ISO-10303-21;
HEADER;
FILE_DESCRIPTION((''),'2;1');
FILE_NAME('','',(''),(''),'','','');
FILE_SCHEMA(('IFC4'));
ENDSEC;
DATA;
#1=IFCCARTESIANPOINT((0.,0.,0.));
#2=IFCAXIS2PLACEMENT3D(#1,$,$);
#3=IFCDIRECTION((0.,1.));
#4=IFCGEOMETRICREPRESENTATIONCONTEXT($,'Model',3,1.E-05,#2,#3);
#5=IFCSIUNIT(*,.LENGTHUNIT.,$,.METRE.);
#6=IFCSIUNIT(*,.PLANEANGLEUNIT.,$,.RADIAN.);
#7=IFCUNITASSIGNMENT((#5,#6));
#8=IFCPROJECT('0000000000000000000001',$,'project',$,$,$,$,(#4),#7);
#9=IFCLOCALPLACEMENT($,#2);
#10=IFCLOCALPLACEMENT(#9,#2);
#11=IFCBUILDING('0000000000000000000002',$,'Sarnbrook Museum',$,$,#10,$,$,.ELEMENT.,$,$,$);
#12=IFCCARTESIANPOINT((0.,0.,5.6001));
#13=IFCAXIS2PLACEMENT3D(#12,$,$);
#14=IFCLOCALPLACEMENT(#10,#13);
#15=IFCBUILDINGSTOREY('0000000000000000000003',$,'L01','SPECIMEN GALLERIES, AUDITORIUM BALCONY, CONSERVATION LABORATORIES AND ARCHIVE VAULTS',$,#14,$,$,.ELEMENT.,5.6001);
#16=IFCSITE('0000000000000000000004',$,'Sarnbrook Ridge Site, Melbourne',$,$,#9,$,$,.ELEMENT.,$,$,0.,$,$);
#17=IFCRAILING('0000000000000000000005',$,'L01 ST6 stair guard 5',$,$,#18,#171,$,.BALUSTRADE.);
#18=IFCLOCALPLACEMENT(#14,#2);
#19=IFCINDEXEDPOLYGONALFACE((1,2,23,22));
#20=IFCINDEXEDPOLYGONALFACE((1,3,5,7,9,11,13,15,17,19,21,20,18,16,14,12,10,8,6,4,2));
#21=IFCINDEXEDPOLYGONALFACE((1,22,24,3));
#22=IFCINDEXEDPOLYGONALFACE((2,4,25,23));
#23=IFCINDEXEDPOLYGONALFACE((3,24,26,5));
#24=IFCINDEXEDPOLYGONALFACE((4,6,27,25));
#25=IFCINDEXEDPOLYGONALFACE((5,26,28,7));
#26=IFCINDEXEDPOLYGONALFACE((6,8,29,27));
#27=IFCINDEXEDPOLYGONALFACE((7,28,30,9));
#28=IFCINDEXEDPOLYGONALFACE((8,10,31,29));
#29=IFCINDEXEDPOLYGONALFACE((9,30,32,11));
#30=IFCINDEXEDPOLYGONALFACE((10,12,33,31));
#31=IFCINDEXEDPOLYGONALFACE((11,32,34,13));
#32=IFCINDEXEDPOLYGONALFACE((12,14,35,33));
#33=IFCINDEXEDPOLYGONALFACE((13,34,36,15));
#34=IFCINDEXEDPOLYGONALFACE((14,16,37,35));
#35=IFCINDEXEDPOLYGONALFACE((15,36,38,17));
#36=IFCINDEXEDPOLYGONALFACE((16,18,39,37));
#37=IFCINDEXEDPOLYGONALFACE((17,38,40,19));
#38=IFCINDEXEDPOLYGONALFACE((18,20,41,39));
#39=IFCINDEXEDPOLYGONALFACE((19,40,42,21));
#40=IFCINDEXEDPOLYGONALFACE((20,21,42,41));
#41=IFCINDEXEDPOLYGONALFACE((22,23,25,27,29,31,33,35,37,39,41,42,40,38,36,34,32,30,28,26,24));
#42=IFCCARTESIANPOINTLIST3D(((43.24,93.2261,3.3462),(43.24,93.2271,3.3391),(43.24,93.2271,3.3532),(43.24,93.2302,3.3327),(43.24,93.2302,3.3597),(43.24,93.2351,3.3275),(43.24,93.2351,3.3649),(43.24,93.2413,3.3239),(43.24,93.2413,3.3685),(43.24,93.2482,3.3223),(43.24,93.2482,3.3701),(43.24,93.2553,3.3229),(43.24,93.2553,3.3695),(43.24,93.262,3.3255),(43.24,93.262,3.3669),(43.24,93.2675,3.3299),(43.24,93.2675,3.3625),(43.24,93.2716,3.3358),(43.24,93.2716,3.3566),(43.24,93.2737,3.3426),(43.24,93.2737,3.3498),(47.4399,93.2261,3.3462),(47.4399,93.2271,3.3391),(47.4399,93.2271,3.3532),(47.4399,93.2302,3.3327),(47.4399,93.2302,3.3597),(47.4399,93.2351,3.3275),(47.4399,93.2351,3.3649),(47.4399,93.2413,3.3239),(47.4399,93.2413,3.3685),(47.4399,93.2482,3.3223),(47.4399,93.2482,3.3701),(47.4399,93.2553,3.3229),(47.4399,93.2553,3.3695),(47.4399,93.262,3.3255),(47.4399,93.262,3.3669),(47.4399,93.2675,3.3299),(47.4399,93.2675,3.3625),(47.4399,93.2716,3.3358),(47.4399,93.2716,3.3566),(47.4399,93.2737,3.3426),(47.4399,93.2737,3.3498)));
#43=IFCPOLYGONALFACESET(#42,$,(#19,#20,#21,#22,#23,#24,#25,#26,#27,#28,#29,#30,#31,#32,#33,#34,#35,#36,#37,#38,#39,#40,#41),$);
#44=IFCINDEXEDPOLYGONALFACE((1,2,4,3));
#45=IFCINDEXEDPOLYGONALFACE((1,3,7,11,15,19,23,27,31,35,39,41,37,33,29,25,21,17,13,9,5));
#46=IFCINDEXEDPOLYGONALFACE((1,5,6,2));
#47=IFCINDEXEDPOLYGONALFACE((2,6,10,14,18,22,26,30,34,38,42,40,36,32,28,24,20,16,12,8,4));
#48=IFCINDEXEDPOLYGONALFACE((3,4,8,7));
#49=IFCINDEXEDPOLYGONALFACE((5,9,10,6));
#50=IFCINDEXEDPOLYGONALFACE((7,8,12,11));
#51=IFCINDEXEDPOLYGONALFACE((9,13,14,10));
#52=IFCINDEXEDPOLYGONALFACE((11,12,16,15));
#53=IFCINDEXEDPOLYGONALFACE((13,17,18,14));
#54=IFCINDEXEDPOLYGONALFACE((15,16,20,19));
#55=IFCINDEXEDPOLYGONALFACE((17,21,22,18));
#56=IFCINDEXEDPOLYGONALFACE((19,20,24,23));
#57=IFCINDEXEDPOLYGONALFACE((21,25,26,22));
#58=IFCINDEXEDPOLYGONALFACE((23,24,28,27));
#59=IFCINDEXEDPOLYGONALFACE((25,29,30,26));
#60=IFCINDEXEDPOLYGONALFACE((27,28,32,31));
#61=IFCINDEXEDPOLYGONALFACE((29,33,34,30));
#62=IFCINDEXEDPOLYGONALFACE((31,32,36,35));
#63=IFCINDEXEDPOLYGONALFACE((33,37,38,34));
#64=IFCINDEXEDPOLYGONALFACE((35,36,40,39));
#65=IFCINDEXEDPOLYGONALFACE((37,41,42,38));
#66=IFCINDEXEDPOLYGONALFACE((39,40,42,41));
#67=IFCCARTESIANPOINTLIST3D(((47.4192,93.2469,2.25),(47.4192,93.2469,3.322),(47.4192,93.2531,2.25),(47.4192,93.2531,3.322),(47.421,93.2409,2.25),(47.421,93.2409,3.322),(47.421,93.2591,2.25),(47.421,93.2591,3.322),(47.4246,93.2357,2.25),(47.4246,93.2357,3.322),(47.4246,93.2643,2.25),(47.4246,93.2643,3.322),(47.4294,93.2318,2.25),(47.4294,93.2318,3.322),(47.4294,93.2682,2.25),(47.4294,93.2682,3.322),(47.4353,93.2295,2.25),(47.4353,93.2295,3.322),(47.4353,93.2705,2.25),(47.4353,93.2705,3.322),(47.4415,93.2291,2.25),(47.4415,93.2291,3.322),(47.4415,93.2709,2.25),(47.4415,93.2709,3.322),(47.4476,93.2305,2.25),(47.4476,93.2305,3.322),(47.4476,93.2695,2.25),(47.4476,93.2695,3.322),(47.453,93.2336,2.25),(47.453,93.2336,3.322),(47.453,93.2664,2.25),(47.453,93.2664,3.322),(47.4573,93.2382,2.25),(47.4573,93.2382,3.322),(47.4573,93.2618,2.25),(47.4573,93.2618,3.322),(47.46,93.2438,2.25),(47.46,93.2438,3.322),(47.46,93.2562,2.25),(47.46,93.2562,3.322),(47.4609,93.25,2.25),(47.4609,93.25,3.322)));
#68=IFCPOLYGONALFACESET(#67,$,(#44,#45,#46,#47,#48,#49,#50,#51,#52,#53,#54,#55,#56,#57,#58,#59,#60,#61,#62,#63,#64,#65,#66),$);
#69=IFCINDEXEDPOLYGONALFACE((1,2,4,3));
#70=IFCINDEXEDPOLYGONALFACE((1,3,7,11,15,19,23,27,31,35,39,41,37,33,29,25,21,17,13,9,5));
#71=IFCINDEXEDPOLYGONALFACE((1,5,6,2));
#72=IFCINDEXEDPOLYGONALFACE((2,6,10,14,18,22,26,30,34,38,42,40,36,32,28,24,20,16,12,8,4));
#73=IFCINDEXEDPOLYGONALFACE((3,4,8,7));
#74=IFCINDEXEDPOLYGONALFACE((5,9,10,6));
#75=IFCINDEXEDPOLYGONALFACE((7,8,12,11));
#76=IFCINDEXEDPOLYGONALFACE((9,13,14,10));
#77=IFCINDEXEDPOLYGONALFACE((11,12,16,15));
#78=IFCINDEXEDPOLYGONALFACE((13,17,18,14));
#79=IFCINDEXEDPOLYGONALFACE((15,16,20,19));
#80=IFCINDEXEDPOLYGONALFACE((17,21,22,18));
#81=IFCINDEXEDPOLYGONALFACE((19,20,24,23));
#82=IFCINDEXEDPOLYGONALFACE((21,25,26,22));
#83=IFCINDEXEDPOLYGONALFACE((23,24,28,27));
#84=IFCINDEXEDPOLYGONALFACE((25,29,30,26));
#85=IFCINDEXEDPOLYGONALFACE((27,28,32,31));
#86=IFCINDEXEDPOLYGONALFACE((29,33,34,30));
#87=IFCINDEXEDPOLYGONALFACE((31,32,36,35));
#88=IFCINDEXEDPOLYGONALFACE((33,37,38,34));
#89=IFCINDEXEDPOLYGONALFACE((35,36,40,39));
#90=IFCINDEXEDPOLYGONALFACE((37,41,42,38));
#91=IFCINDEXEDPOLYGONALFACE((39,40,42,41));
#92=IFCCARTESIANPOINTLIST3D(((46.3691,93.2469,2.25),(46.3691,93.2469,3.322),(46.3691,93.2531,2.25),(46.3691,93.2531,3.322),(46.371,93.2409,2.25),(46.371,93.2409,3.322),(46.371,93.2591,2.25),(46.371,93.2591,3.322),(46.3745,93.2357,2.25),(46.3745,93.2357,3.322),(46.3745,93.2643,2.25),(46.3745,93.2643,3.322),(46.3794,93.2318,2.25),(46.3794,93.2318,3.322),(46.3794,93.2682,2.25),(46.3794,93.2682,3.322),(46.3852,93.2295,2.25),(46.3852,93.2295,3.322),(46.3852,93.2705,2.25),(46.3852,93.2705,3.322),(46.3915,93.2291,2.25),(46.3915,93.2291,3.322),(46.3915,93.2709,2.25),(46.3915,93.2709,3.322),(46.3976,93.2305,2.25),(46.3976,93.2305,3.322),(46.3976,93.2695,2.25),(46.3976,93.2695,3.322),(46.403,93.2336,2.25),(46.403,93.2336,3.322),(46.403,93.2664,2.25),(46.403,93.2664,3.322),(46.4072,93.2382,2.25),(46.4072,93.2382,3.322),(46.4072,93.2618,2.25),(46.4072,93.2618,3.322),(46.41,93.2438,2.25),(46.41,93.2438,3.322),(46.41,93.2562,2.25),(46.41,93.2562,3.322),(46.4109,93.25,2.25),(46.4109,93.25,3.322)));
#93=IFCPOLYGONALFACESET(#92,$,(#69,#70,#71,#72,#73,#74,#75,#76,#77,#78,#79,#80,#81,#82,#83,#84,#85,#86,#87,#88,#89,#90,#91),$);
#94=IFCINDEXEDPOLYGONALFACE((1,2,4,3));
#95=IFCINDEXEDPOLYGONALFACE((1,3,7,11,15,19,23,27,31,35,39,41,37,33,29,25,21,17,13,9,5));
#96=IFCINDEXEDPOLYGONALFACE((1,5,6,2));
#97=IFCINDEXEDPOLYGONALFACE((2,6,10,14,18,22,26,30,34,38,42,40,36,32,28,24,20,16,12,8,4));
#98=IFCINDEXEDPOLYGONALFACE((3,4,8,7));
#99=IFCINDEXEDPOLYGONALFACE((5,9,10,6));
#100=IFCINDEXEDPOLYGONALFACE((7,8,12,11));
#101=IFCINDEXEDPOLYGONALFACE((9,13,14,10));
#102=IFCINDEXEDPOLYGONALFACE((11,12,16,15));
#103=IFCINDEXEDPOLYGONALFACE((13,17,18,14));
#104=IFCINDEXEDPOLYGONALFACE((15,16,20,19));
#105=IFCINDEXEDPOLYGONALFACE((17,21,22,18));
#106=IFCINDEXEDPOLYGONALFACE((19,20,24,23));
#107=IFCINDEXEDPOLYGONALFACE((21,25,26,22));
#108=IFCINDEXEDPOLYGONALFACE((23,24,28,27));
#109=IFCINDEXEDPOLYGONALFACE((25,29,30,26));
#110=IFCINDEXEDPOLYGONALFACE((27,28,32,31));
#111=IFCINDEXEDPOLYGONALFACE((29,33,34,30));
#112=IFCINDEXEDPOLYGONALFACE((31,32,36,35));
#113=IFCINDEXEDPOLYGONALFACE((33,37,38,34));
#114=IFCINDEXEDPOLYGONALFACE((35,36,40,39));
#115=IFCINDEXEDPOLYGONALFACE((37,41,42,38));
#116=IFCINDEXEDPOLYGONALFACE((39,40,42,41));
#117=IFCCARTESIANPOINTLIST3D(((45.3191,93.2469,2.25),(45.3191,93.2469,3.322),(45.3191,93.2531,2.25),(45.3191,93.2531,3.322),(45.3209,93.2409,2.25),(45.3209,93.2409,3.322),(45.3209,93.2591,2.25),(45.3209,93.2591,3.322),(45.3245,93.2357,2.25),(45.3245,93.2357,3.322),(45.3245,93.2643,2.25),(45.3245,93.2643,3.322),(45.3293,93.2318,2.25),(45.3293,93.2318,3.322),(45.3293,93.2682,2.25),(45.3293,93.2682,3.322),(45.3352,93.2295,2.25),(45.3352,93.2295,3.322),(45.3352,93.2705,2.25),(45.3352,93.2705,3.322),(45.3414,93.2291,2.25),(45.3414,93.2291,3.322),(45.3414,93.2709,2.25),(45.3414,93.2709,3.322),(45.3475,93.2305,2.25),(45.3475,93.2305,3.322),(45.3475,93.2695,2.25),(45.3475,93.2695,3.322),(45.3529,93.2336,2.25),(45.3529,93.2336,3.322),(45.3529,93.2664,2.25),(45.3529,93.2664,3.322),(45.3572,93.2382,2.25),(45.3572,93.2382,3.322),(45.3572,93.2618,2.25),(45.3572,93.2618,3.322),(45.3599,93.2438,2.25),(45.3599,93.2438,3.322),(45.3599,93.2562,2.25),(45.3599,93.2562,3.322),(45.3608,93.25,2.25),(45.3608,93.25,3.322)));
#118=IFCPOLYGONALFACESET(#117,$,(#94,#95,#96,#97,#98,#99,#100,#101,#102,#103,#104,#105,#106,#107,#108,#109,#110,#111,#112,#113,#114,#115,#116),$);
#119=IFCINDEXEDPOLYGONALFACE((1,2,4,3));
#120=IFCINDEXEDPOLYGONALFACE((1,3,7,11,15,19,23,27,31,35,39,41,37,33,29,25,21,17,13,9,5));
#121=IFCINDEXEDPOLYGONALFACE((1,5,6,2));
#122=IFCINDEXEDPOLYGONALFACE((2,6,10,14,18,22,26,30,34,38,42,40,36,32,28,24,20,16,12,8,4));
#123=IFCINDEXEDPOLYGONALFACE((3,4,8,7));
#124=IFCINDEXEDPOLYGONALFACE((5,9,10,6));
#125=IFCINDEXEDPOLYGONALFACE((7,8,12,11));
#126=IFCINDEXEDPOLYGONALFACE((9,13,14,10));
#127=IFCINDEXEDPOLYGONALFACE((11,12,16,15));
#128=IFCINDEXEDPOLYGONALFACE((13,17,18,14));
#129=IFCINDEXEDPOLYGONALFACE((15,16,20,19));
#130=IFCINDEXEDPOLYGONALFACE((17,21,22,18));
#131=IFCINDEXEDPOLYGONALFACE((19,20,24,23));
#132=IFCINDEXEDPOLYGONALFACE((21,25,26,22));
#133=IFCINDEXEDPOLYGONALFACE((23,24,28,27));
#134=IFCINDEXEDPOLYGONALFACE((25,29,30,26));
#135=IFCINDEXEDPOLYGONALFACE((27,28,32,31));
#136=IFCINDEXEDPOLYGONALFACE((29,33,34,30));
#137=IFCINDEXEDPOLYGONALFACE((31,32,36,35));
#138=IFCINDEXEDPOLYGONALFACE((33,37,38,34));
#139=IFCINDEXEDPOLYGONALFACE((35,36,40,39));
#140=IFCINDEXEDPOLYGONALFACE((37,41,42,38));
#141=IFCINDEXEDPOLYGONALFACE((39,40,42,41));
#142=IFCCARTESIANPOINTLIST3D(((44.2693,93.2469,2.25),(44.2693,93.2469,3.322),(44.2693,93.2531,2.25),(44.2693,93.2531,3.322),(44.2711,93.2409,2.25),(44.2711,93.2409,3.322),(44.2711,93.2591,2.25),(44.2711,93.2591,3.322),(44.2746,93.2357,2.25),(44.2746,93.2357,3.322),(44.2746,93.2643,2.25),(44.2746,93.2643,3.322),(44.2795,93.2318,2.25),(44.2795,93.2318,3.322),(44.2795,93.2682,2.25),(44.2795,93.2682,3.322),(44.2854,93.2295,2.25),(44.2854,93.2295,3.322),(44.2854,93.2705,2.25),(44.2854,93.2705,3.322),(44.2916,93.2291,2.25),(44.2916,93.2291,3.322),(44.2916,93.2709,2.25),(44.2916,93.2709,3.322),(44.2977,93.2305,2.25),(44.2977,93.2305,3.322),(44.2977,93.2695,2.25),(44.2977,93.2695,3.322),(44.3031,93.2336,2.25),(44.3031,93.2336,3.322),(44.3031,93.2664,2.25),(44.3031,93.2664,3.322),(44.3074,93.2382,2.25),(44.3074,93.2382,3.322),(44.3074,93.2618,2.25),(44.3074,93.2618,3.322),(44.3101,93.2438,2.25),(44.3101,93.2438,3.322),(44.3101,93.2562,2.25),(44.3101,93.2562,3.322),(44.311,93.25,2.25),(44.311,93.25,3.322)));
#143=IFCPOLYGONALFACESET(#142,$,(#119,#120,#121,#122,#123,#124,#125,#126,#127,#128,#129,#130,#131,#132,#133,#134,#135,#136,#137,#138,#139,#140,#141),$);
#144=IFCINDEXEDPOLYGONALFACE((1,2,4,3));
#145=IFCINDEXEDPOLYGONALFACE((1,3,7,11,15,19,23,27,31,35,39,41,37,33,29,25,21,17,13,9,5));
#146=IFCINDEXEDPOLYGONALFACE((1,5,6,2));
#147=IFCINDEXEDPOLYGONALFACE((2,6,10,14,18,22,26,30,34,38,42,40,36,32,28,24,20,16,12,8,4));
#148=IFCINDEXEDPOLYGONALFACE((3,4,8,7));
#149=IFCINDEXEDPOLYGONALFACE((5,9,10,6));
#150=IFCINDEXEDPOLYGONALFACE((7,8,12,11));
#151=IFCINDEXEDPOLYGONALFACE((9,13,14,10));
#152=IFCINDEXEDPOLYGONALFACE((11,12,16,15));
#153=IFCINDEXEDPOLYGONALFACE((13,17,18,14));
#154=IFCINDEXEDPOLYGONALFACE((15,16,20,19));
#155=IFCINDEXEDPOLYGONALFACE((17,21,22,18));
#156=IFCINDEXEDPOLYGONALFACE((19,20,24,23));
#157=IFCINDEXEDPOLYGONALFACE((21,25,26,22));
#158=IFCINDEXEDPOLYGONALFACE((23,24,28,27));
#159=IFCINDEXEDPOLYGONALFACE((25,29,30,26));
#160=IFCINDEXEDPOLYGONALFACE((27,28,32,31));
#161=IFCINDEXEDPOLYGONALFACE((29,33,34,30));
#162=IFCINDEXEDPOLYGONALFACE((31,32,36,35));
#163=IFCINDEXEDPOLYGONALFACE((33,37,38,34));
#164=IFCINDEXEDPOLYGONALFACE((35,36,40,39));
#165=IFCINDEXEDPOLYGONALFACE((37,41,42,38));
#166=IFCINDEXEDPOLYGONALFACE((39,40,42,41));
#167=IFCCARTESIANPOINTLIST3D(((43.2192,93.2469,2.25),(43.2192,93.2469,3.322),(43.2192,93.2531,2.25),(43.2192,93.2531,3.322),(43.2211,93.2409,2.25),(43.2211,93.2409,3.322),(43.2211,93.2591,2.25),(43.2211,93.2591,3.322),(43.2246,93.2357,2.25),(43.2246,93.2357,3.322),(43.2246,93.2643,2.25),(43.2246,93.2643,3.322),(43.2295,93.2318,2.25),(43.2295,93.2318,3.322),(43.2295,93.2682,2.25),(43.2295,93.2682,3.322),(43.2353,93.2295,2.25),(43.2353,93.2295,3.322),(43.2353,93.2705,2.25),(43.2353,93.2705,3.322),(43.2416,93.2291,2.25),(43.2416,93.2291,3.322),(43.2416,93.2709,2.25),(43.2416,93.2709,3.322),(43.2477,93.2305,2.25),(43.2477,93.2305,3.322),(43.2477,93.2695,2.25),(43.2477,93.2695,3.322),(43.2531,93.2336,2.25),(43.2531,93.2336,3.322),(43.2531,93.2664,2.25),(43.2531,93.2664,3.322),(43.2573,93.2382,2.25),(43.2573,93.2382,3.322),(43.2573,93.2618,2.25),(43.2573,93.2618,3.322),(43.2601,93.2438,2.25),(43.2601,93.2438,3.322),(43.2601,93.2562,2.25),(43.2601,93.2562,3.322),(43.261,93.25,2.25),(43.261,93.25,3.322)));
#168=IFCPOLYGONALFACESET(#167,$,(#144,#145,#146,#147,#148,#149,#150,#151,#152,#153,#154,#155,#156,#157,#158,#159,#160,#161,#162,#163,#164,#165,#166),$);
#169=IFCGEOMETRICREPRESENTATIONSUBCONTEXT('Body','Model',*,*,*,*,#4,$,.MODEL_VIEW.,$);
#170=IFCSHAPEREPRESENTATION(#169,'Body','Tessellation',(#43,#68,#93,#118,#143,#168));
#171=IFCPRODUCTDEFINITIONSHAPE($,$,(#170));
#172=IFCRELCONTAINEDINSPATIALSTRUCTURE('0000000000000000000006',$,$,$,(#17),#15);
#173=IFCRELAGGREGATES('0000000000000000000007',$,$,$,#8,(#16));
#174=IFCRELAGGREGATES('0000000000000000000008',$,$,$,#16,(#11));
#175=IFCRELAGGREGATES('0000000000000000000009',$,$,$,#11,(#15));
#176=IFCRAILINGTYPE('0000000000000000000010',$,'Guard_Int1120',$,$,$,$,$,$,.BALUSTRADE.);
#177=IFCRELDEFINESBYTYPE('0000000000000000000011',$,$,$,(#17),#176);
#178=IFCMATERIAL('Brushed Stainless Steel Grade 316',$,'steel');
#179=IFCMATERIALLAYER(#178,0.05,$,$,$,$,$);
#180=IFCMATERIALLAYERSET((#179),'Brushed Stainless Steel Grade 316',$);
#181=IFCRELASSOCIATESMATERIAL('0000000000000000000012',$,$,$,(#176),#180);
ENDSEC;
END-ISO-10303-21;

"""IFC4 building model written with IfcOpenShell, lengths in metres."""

from ifc_helpers import new_model, si_unit, direction, frame, origin, origin_2d, place, context, subcontext, project, spatial, circle, extrude, material, layer, layer_set, type_object, element, save


model = new_model("IFC4")

# Units and contexts
model_context = context("Model", 3, precision=1e-05, world=origin(), true_north=direction((0.0, 1.0)))
body_context = subcontext(model_context, "Body", "Model", "MODEL_VIEW")
ifc_project = project(units=[si_unit("LENGTHUNIT", "METRE"), si_unit("PLANEANGLEUNIT", "RADIAN")], contexts=[model_context])

# Site, building, storey
site_placement = place(None, origin())
site = spatial("IfcSite", under=ifc_project, at=site_placement, Name="Sarnbrook Ridge Site, Melbourne", CompositionType="ELEMENT", RefElevation=0.0)
building_placement = place(site_placement, origin())
building = spatial("IfcBuilding", under=site, at=building_placement, Name="Sarnbrook Museum", CompositionType="ELEMENT")
storey_placement = place(building_placement, frame((0.0, 0.0, 5.6001)))
storey = spatial("IfcBuildingStorey", under=building, at=storey_placement, Name="L01", Description="SPECIMEN GALLERIES, AUDITORIUM BALCONY, CONSERVATION LABORATORIES AND ARCHIVE VAULTS", CompositionType="ELEMENT", Elevation=5.6001)

# Railing
ifc_material_1 = material(Name="Brushed Stainless Steel Grade 316", Category="steel")
ifc_layer_1 = layer(ifc_material_1, 0.05)
ifc_layer_set_1 = layer_set([ifc_layer_1], Name="Brushed Stainless Steel Grade 316")
railing_type_1 = type_object("IfcRailingType", Name="Guard_Int1120", PredefinedType="BALUSTRADE", material=ifc_layer_set_1)
railing_1_placement = place(storey_placement, frame((47.4399, 93.25, 2.25)))
element("IfcRailing", 1, at=railing_1_placement, inside=storey, type_object=railing_type_1, Name="L01 ST6 stair guard 5", PredefinedType="BALUSTRADE", context=body_context, shape_type="SweptSolid", body=[
    extrude(circle(Radius=0.0239, at=origin_2d()), frame((0.0, 0.0, 1.0962), z_axis=(-1.0, 0.0, 0.0), x_axis=(0.0, -1.0, 0.0)), (0.0, 0.0, 1.0), 4.2),
    extrude(circle(Radius=0.021, at=origin_2d()), origin(), (0.0, 0.0, 1.0), 1.072),
    extrude(circle(Radius=0.021, at=origin_2d()), frame((-1.05, 0.0, 0.0)), (0.0, 0.0, 1.0), 1.072),
    extrude(circle(Radius=0.021, at=origin_2d()), frame((-2.1001, 0.0, 0.0)), (0.0, 0.0, 1.0), 1.072),
    extrude(circle(Radius=0.021, at=origin_2d()), frame((-3.1499, 0.0, 0.0)), (0.0, 0.0, 1.0), 1.072),
    extrude(circle(Radius=0.021, at=origin_2d()), frame((-4.2, 0.0, 0.0)), (0.0, 0.0, 1.0), 1.072),
])

save(model, "model.ifc")
